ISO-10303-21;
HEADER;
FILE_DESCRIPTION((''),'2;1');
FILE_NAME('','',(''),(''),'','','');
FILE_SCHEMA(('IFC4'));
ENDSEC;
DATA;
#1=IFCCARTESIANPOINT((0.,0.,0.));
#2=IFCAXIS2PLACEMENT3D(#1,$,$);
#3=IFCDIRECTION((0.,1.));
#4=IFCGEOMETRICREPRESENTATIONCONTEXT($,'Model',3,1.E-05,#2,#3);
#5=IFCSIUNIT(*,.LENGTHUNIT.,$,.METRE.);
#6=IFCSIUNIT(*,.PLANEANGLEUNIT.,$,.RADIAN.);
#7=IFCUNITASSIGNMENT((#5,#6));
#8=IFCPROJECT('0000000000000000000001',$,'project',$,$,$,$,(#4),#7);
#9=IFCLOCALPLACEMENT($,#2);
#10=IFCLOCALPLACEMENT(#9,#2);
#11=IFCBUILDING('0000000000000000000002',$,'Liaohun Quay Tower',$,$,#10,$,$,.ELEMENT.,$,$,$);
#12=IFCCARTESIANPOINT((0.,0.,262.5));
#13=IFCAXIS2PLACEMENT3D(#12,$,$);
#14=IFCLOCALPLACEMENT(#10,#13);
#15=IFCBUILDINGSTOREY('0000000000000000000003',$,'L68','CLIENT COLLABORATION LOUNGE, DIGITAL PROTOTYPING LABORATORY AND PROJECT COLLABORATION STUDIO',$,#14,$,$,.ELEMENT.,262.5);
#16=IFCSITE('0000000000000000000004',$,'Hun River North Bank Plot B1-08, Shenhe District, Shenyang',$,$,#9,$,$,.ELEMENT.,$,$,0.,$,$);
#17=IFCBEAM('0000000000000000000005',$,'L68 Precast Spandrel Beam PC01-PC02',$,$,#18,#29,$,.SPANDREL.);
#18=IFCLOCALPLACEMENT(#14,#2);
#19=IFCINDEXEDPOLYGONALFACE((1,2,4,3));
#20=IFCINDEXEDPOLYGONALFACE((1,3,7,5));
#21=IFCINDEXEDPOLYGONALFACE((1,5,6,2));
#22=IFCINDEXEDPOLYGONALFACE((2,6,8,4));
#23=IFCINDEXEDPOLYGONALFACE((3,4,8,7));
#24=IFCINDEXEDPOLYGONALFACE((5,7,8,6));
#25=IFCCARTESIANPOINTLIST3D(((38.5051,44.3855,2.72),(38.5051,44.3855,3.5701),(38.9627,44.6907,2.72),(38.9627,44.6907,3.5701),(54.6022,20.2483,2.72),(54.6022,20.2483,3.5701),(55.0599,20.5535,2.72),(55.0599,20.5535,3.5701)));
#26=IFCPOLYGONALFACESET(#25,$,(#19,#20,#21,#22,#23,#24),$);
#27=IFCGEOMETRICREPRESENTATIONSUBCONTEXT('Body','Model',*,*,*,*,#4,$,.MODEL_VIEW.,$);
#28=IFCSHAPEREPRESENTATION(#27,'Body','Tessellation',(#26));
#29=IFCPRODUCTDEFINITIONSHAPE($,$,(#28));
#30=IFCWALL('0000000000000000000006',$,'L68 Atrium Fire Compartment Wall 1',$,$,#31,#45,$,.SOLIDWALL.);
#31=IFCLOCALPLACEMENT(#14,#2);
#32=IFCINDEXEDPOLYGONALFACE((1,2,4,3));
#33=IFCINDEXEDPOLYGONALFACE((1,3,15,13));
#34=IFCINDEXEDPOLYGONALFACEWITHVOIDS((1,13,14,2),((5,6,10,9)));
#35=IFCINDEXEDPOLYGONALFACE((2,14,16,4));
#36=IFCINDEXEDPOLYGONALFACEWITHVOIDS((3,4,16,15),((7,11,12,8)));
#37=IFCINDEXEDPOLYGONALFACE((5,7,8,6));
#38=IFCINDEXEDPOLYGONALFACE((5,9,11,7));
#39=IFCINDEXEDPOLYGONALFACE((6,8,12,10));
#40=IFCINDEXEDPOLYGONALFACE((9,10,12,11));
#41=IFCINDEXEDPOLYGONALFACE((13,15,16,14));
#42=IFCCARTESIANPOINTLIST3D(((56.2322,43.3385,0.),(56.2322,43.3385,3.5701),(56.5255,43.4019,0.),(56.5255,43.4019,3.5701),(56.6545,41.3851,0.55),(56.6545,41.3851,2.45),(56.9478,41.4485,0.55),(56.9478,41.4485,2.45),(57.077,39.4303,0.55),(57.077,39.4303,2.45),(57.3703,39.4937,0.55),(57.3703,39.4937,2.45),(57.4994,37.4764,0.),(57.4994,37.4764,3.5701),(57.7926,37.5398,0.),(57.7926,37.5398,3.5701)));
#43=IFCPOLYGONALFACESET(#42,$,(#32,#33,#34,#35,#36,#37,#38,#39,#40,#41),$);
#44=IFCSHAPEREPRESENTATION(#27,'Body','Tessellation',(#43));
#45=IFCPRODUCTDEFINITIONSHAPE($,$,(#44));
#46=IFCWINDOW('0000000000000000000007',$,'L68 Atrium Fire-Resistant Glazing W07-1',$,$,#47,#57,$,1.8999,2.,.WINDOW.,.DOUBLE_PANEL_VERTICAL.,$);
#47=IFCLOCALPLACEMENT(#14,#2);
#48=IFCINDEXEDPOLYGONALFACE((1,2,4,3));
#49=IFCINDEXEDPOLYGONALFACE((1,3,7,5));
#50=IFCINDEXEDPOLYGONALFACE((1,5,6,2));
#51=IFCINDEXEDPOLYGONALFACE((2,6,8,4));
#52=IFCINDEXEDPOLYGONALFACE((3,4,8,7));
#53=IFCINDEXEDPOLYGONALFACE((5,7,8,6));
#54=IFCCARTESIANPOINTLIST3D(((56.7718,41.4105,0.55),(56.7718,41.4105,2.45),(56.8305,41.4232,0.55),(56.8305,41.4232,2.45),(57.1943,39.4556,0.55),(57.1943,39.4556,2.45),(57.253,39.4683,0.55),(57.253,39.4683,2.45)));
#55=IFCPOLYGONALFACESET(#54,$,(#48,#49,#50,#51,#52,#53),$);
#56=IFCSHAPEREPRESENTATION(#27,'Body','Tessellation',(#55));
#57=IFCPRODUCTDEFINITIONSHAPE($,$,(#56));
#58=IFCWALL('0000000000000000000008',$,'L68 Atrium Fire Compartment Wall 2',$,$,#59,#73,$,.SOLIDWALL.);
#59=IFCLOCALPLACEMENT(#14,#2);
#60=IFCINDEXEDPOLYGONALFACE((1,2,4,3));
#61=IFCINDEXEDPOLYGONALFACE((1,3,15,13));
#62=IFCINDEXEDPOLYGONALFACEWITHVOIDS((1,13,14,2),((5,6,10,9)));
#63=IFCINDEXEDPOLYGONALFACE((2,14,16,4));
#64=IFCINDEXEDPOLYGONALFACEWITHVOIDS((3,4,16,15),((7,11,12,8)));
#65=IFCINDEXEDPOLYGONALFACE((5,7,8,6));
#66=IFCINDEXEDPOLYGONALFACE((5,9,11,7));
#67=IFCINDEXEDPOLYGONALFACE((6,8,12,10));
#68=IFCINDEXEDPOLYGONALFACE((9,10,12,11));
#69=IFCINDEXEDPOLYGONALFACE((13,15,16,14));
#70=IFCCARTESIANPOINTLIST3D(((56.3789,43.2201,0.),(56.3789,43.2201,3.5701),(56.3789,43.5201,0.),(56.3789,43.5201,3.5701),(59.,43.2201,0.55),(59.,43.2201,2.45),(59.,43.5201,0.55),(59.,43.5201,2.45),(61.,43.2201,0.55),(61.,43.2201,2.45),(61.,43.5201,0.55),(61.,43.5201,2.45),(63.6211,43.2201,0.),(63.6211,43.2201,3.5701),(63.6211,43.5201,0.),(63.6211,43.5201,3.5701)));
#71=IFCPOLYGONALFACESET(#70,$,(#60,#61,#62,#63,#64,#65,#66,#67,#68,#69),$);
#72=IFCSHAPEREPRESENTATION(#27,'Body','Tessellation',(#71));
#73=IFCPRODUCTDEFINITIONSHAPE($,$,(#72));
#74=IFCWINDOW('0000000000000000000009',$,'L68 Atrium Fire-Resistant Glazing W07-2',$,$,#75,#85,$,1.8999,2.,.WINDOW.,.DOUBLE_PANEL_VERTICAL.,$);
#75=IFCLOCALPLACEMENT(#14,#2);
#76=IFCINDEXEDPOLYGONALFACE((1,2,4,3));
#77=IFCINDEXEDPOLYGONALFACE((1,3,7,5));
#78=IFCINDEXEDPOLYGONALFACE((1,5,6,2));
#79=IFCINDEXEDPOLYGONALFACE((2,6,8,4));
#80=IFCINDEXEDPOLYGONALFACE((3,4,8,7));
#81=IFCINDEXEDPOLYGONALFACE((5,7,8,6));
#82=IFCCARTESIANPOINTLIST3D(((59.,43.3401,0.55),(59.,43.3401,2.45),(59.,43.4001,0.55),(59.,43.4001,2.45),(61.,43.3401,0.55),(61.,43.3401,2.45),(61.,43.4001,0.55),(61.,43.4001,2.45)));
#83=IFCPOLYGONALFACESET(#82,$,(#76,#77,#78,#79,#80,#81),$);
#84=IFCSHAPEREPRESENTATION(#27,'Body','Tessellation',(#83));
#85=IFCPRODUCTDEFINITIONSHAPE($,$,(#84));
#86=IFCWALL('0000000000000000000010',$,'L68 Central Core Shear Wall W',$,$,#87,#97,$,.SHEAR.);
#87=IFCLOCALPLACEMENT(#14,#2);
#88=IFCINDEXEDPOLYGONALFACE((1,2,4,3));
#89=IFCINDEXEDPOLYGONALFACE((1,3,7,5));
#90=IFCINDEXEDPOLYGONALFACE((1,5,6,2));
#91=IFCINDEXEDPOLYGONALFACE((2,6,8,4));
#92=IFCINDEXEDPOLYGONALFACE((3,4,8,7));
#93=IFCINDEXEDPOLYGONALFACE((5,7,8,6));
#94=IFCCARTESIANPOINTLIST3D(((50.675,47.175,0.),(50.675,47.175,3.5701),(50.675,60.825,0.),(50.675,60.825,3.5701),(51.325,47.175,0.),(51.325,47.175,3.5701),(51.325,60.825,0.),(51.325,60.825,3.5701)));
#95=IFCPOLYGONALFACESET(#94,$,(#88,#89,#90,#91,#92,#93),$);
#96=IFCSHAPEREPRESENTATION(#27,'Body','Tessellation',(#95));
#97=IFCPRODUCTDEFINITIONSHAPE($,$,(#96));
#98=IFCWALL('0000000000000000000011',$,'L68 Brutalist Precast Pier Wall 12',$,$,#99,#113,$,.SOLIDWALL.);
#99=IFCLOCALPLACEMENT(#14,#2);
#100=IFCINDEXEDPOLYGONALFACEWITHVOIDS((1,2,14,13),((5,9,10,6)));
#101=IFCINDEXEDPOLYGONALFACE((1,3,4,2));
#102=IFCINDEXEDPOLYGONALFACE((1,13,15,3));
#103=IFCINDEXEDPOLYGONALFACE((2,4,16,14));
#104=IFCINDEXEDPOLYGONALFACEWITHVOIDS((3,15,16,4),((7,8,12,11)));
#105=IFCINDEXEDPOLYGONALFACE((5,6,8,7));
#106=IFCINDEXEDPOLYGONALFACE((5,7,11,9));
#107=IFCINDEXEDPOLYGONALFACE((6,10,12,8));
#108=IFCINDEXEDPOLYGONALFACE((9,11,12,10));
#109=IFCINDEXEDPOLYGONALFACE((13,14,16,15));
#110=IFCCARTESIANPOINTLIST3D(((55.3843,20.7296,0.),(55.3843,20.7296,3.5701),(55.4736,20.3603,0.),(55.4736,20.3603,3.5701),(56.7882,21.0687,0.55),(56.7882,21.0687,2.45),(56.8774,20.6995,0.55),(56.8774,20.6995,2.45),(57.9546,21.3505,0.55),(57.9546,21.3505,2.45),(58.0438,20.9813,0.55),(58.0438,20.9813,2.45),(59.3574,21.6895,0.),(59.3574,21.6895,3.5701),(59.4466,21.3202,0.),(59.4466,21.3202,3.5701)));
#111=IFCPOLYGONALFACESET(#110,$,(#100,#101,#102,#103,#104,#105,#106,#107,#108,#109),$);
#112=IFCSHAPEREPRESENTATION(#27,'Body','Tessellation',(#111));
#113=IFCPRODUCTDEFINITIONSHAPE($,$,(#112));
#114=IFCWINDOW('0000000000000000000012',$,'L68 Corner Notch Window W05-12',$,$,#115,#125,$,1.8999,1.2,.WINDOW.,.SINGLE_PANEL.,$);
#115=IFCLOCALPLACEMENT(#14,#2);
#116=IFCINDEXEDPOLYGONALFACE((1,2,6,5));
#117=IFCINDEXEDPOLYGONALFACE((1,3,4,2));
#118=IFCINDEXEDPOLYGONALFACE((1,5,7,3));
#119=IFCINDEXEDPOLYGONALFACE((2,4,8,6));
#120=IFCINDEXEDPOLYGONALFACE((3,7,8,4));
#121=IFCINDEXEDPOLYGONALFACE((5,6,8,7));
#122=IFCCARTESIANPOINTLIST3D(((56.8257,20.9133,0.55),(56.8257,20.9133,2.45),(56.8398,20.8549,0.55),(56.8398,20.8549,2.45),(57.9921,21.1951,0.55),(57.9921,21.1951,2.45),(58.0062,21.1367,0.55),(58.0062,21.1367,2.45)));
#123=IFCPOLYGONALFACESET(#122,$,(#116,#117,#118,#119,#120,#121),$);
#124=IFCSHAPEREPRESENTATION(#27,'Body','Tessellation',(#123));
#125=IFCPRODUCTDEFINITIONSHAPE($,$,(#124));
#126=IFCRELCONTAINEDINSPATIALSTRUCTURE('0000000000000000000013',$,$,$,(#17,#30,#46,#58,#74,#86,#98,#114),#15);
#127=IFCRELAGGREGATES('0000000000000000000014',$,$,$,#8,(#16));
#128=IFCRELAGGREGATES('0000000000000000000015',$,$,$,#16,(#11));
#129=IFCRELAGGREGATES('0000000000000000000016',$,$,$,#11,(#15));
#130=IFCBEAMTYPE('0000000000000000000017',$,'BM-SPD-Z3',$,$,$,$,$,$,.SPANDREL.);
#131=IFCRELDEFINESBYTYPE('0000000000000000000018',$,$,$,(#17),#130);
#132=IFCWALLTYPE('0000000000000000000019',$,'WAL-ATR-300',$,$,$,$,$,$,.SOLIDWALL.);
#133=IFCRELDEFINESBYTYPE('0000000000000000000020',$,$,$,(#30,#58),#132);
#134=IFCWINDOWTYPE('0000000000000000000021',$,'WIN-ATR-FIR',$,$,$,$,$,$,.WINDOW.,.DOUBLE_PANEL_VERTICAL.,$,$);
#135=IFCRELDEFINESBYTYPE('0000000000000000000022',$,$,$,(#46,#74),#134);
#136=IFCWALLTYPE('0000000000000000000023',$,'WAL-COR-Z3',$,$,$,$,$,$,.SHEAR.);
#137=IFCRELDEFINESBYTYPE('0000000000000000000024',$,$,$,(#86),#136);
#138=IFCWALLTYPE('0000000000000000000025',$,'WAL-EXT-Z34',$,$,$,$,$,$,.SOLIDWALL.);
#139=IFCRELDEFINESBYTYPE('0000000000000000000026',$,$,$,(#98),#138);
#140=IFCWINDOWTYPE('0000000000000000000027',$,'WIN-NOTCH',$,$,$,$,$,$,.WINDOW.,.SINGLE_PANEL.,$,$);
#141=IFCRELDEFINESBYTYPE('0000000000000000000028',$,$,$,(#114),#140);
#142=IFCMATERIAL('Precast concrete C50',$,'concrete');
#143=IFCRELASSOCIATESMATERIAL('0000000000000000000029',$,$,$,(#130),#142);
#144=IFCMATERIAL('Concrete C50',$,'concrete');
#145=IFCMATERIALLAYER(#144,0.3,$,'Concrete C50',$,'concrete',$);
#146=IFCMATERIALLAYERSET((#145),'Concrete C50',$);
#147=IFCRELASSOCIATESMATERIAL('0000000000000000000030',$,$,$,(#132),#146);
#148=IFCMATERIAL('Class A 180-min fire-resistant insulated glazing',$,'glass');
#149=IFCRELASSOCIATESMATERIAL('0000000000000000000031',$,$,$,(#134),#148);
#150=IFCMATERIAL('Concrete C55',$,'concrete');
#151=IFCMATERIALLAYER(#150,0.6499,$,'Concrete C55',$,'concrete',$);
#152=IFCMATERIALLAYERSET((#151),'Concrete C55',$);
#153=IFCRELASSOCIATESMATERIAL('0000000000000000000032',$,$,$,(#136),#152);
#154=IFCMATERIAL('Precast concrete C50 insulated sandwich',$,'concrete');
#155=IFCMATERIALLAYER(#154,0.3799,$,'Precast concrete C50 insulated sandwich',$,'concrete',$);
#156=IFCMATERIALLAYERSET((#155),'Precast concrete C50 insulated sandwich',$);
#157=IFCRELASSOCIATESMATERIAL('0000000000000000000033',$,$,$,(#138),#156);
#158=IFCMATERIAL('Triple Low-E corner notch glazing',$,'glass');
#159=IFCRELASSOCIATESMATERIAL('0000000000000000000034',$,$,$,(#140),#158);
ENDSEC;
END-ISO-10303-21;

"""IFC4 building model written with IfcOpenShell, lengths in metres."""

from ifc_helpers import new_model, si_unit, direction, frame, frame_2d, origin, origin_2d, place, context, subcontext, project, spatial, rectangle, extrude, source, transform, mapped, material, layer, layer_set, material_profile, profile_set, type_object, element, fill, save


model = new_model("IFC4")

# Units and contexts
model_context = context("Model", 3, precision=1e-05, world=origin(), true_north=direction((0.0, 1.0)))
body_context = subcontext(model_context, "Body", "Model", "MODEL_VIEW")
ifc_project = project(units=[si_unit("LENGTHUNIT", "METRE"), si_unit("PLANEANGLEUNIT", "RADIAN")], contexts=[model_context])

# Site, building, storey
site_placement = place(None, origin())
site = spatial("IfcSite", under=ifc_project, at=site_placement, Name="Hun River North Bank Plot B1-08, Shenhe District, Shenyang", CompositionType="ELEMENT", RefElevation=0.0)
building_placement = place(site_placement, origin())
building = spatial("IfcBuilding", under=site, at=building_placement, Name="Liaohun Quay Tower", CompositionType="ELEMENT")
storey_placement = place(building_placement, frame((0.0, 0.0, 262.5)))
storey = spatial("IfcBuildingStorey", under=building, at=storey_placement, Name="L68", Description="CLIENT COLLABORATION LOUNGE, DIGITAL PROTOTYPING LABORATORY AND PROJECT COLLABORATION STUDIO", CompositionType="ELEMENT", Elevation=262.5)

# Shared definitions
ifc_material_1 = material(Name="Concrete C55", Category="concrete")

# Beam
ifc_material_2 = material(Name="Precast concrete C50", Category="concrete")
ifc_material_profile_1 = material_profile(ifc_material_2, rectangle(XDim=0.55, YDim=0.8501, at=origin_2d()), Name="RC550x850")
ifc_profile_set_1 = profile_set([ifc_material_profile_1], Name="Precast concrete C50")
beam_type_1 = type_object("IfcBeamType", Name="BM-SPD-Z3", PredefinedType="SPANDREL", material=ifc_profile_set_1)
shared_shape_1 = source(origin(), body_context, "Body", "SweptSolid", [
    extrude(rectangle(XDim=0.55, YDim=0.8501, at=origin_2d()), origin(), (0.0, 0.0, 1.0), 29.0125),
])
beam_1_placement = place(storey_placement, frame((54.8311, 20.4009, 3.145), z_axis=(-0.554836, 0.83196, 0.0), x_axis=(-0.83196, -0.554836, 0.0)))
element("IfcBeam", 1, at=beam_1_placement, inside=storey, type_object=beam_type_1, Name="L68 Precast Spandrel Beam PC01-PC02", PredefinedType="SPANDREL", context=body_context, shape_type="MappedRepresentation", body=[
    mapped(shared_shape_1, transform((0.0, 0.0, 0.0), x_axis=(1.0, 0.0, 0.0), y_axis=(0.0, 1.0, 0.0), z_axis=(0.0, 0.0, 1.0), scale=1.0)),
])

# Walls, openings, windows
ifc_material_3 = material(Name="Concrete C50", Category="concrete")
ifc_layer_1 = layer(ifc_material_3, 0.3, Name="Concrete C50", Category="concrete")
ifc_layer_set_1 = layer_set([ifc_layer_1], Name="Concrete C50")
wall_type_1 = type_object("IfcWallType", Name="WAL-ATR-300", PredefinedType="SOLIDWALL", material=ifc_layer_set_1)
wall_1_placement = place(storey_placement, frame((57.646, 37.5081, 0.0), z_axis=(0.0, 0.0, 1.0), x_axis=(-0.211272, 0.977427, 0.0)))
wall_1 = element("IfcWall", 2, at=wall_1_placement, inside=storey, type_object=wall_type_1, Name="L68 Atrium Fire Compartment Wall 1", PredefinedType="SOLIDWALL", context=body_context, shape_type="SweptSolid", body=[
    extrude(rectangle(XDim=5.9976, YDim=0.3, at=frame_2d((2.9988, 0.0))), origin(), (0.0, 0.0, 1.0), 3.5701),
])
shared_shape_2 = source(origin(), body_context, "Body", "SweptSolid", [
    extrude(rectangle(XDim=2.0, YDim=1.8999, at=frame_2d((1.0, 0.95))), frame((0.0, 0.1599, 0.0), z_axis=(0.0, -1.0, 0.0), x_axis=(1.0, 0.0, 0.0)), (0.0, 0.0, 1.0), 0.3201),
])
opening_1_placement = place(wall_1_placement, frame((1.999, 0.0, 0.55)))
opening_1 = element("IfcOpeningElement", 3, at=opening_1_placement, cuts=wall_1, PredefinedType="OPENING", context=body_context, shape_type="MappedRepresentation", body=[
    mapped(shared_shape_2, transform((0.0, 0.0, 0.0), x_axis=(1.0, 0.0, 0.0), y_axis=(0.0, 1.0, 0.0), z_axis=(0.0, 0.0, 1.0), scale=1.0)),
])
ifc_material_4 = material(Name="Class A 180-min fire-resistant insulated glazing", Category="glass")
window_type_1 = type_object("IfcWindowType", Name="WIN-ATR-FIR", PartitioningType="DOUBLE_PANEL_VERTICAL", PredefinedType="WINDOW", material=ifc_material_4)
shared_shape_3 = source(origin(), body_context, "Body", "SweptSolid", [
    extrude(rectangle(XDim=2.0, YDim=1.8999, at=frame_2d((1.0, 0.95))), frame((0.0, 0.03, 0.0), z_axis=(0.0, -1.0, 0.0), x_axis=(1.0, 0.0, 0.0)), (0.0, 0.0, 1.0), 0.0601),
])
window_1_placement = place(opening_1_placement, origin())
window_1 = element("IfcWindow", 4, at=window_1_placement, inside=storey, type_object=window_type_1, Name="L68 Atrium Fire-Resistant Glazing W07-1", OverallHeight=1.8999, OverallWidth=2.0, PartitioningType="DOUBLE_PANEL_VERTICAL", PredefinedType="WINDOW", context=body_context, shape_type="MappedRepresentation", body=[
    mapped(shared_shape_3, transform((0.0, 0.0, 0.0), x_axis=(1.0, 0.0, 0.0), y_axis=(0.0, 1.0, 0.0), z_axis=(0.0, 0.0, 1.0), scale=1.0)),
])
fill(opening_1, window_1)
wall_2_placement = place(storey_placement, frame((56.3789, 43.3701, 0.0), z_axis=(0.0, 0.0, 1.0), x_axis=(1.0, 0.0, 0.0)))
wall_2 = element("IfcWall", 5, at=wall_2_placement, inside=storey, type_object=wall_type_1, Name="L68 Atrium Fire Compartment Wall 2", PredefinedType="SOLIDWALL", context=body_context, shape_type="SweptSolid", body=[
    extrude(rectangle(XDim=7.2422, YDim=0.3, at=frame_2d((3.6211, 0.0))), origin(), (0.0, 0.0, 1.0), 3.5701),
])
opening_2_placement = place(wall_2_placement, frame((2.6211, 0.0, 0.55)))
opening_2 = element("IfcOpeningElement", 6, at=opening_2_placement, cuts=wall_2, PredefinedType="OPENING", context=body_context, shape_type="MappedRepresentation", body=[
    mapped(shared_shape_2, transform((0.0, 0.0, 0.0), x_axis=(1.0, 0.0, 0.0), y_axis=(0.0, 1.0, 0.0), z_axis=(0.0, 0.0, 1.0), scale=1.0)),
])
window_2_placement = place(opening_2_placement, origin())
window_2 = element("IfcWindow", 7, at=window_2_placement, inside=storey, type_object=window_type_1, Name="L68 Atrium Fire-Resistant Glazing W07-2", OverallHeight=1.8999, OverallWidth=2.0, PartitioningType="DOUBLE_PANEL_VERTICAL", PredefinedType="WINDOW", context=body_context, shape_type="MappedRepresentation", body=[
    mapped(shared_shape_3, transform((0.0, 0.0, 0.0), x_axis=(1.0, 0.0, 0.0), y_axis=(0.0, 1.0, 0.0), z_axis=(0.0, 0.0, 1.0), scale=1.0)),
])
fill(opening_2, window_2)

# Wall
ifc_layer_2 = layer(ifc_material_1, 0.6499, Name="Concrete C55", Category="concrete")
ifc_layer_set_2 = layer_set([ifc_layer_2], Name="Concrete C55")
wall_type_2 = type_object("IfcWallType", Name="WAL-COR-Z3", PredefinedType="SHEAR", material=ifc_layer_set_2)
wall_3_placement = place(storey_placement, frame((51.0, 47.175, 0.0), z_axis=(0.0, 0.0, 1.0), x_axis=(0.0, 1.0, 0.0)))
element("IfcWall", 8, at=wall_3_placement, inside=storey, type_object=wall_type_2, Name="L68 Central Core Shear Wall W", PredefinedType="SHEAR", context=body_context, shape_type="SweptSolid", body=[
    extrude(rectangle(XDim=13.6499, YDim=0.6499, at=frame_2d((6.825, 0.0))), origin(), (0.0, 0.0, 1.0), 3.5701),
])

# Wall, opening, window
ifc_material_5 = material(Name="Precast concrete C50 insulated sandwich", Category="concrete")
ifc_layer_3 = layer(ifc_material_5, 0.3799, Name="Precast concrete C50 insulated sandwich", Category="concrete")
ifc_layer_set_3 = layer_set([ifc_layer_3], Name="Precast concrete C50 insulated sandwich")
wall_type_3 = type_object("IfcWallType", Name="WAL-EXT-Z34", PredefinedType="SOLIDWALL", material=ifc_layer_set_3)
wall_4_placement = place(storey_placement, frame((55.429, 20.5449, 0.0), z_axis=(0.0, 0.0, 1.0), x_axis=(0.972031, 0.234855, 0.0)))
wall_4 = element("IfcWall", 9, at=wall_4_placement, inside=storey, type_object=wall_type_3, Name="L68 Brutalist Precast Pier Wall 12", PredefinedType="SOLIDWALL", context=body_context, shape_type="SweptSolid", body=[
    extrude(rectangle(XDim=4.0874, YDim=0.3799, at=frame_2d((2.0437, 0.0))), origin(), (0.0, 0.0, 1.0), 3.5701),
])
shared_shape_4 = source(origin(), body_context, "Body", "SweptSolid", [
    extrude(rectangle(XDim=1.2, YDim=1.8999, at=frame_2d((0.6001, 0.95))), frame((0.0, 0.2, 0.0), z_axis=(0.0, -1.0, 0.0), x_axis=(1.0, 0.0, 0.0)), (0.0, 0.0, 1.0), 0.3999),
])
opening_3_placement = place(wall_4_placement, frame((1.4441, 0.0, 0.55)))
opening_3 = element("IfcOpeningElement", 10, at=opening_3_placement, cuts=wall_4, PredefinedType="OPENING", context=body_context, shape_type="MappedRepresentation", body=[
    mapped(shared_shape_4, transform((0.0, 0.0, 0.0), x_axis=(1.0, 0.0, 0.0), y_axis=(0.0, 1.0, 0.0), z_axis=(0.0, 0.0, 1.0), scale=1.0)),
])
ifc_material_6 = material(Name="Triple Low-E corner notch glazing", Category="glass")
window_type_2 = type_object("IfcWindowType", Name="WIN-NOTCH", PartitioningType="SINGLE_PANEL", PredefinedType="WINDOW", material=ifc_material_6)
shared_shape_5 = source(origin(), body_context, "Body", "SweptSolid", [
    extrude(rectangle(XDim=1.2, YDim=1.8999, at=frame_2d((0.6001, 0.95))), frame((0.0, 0.03, 0.0), z_axis=(0.0, -1.0, 0.0), x_axis=(1.0, 0.0, 0.0)), (0.0, 0.0, 1.0), 0.0601),
])
window_3_placement = place(opening_3_placement, origin())
window_3 = element("IfcWindow", 11, at=window_3_placement, inside=storey, type_object=window_type_2, Name="L68 Corner Notch Window W05-12", OverallHeight=1.8999, OverallWidth=1.2, PartitioningType="SINGLE_PANEL", PredefinedType="WINDOW", context=body_context, shape_type="MappedRepresentation", body=[
    mapped(shared_shape_5, transform((0.0, 0.0, 0.0), x_axis=(1.0, 0.0, 0.0), y_axis=(0.0, 1.0, 0.0), z_axis=(0.0, 0.0, 1.0), scale=1.0)),
])
fill(opening_3, window_3)

save(model, "model.ifc")
